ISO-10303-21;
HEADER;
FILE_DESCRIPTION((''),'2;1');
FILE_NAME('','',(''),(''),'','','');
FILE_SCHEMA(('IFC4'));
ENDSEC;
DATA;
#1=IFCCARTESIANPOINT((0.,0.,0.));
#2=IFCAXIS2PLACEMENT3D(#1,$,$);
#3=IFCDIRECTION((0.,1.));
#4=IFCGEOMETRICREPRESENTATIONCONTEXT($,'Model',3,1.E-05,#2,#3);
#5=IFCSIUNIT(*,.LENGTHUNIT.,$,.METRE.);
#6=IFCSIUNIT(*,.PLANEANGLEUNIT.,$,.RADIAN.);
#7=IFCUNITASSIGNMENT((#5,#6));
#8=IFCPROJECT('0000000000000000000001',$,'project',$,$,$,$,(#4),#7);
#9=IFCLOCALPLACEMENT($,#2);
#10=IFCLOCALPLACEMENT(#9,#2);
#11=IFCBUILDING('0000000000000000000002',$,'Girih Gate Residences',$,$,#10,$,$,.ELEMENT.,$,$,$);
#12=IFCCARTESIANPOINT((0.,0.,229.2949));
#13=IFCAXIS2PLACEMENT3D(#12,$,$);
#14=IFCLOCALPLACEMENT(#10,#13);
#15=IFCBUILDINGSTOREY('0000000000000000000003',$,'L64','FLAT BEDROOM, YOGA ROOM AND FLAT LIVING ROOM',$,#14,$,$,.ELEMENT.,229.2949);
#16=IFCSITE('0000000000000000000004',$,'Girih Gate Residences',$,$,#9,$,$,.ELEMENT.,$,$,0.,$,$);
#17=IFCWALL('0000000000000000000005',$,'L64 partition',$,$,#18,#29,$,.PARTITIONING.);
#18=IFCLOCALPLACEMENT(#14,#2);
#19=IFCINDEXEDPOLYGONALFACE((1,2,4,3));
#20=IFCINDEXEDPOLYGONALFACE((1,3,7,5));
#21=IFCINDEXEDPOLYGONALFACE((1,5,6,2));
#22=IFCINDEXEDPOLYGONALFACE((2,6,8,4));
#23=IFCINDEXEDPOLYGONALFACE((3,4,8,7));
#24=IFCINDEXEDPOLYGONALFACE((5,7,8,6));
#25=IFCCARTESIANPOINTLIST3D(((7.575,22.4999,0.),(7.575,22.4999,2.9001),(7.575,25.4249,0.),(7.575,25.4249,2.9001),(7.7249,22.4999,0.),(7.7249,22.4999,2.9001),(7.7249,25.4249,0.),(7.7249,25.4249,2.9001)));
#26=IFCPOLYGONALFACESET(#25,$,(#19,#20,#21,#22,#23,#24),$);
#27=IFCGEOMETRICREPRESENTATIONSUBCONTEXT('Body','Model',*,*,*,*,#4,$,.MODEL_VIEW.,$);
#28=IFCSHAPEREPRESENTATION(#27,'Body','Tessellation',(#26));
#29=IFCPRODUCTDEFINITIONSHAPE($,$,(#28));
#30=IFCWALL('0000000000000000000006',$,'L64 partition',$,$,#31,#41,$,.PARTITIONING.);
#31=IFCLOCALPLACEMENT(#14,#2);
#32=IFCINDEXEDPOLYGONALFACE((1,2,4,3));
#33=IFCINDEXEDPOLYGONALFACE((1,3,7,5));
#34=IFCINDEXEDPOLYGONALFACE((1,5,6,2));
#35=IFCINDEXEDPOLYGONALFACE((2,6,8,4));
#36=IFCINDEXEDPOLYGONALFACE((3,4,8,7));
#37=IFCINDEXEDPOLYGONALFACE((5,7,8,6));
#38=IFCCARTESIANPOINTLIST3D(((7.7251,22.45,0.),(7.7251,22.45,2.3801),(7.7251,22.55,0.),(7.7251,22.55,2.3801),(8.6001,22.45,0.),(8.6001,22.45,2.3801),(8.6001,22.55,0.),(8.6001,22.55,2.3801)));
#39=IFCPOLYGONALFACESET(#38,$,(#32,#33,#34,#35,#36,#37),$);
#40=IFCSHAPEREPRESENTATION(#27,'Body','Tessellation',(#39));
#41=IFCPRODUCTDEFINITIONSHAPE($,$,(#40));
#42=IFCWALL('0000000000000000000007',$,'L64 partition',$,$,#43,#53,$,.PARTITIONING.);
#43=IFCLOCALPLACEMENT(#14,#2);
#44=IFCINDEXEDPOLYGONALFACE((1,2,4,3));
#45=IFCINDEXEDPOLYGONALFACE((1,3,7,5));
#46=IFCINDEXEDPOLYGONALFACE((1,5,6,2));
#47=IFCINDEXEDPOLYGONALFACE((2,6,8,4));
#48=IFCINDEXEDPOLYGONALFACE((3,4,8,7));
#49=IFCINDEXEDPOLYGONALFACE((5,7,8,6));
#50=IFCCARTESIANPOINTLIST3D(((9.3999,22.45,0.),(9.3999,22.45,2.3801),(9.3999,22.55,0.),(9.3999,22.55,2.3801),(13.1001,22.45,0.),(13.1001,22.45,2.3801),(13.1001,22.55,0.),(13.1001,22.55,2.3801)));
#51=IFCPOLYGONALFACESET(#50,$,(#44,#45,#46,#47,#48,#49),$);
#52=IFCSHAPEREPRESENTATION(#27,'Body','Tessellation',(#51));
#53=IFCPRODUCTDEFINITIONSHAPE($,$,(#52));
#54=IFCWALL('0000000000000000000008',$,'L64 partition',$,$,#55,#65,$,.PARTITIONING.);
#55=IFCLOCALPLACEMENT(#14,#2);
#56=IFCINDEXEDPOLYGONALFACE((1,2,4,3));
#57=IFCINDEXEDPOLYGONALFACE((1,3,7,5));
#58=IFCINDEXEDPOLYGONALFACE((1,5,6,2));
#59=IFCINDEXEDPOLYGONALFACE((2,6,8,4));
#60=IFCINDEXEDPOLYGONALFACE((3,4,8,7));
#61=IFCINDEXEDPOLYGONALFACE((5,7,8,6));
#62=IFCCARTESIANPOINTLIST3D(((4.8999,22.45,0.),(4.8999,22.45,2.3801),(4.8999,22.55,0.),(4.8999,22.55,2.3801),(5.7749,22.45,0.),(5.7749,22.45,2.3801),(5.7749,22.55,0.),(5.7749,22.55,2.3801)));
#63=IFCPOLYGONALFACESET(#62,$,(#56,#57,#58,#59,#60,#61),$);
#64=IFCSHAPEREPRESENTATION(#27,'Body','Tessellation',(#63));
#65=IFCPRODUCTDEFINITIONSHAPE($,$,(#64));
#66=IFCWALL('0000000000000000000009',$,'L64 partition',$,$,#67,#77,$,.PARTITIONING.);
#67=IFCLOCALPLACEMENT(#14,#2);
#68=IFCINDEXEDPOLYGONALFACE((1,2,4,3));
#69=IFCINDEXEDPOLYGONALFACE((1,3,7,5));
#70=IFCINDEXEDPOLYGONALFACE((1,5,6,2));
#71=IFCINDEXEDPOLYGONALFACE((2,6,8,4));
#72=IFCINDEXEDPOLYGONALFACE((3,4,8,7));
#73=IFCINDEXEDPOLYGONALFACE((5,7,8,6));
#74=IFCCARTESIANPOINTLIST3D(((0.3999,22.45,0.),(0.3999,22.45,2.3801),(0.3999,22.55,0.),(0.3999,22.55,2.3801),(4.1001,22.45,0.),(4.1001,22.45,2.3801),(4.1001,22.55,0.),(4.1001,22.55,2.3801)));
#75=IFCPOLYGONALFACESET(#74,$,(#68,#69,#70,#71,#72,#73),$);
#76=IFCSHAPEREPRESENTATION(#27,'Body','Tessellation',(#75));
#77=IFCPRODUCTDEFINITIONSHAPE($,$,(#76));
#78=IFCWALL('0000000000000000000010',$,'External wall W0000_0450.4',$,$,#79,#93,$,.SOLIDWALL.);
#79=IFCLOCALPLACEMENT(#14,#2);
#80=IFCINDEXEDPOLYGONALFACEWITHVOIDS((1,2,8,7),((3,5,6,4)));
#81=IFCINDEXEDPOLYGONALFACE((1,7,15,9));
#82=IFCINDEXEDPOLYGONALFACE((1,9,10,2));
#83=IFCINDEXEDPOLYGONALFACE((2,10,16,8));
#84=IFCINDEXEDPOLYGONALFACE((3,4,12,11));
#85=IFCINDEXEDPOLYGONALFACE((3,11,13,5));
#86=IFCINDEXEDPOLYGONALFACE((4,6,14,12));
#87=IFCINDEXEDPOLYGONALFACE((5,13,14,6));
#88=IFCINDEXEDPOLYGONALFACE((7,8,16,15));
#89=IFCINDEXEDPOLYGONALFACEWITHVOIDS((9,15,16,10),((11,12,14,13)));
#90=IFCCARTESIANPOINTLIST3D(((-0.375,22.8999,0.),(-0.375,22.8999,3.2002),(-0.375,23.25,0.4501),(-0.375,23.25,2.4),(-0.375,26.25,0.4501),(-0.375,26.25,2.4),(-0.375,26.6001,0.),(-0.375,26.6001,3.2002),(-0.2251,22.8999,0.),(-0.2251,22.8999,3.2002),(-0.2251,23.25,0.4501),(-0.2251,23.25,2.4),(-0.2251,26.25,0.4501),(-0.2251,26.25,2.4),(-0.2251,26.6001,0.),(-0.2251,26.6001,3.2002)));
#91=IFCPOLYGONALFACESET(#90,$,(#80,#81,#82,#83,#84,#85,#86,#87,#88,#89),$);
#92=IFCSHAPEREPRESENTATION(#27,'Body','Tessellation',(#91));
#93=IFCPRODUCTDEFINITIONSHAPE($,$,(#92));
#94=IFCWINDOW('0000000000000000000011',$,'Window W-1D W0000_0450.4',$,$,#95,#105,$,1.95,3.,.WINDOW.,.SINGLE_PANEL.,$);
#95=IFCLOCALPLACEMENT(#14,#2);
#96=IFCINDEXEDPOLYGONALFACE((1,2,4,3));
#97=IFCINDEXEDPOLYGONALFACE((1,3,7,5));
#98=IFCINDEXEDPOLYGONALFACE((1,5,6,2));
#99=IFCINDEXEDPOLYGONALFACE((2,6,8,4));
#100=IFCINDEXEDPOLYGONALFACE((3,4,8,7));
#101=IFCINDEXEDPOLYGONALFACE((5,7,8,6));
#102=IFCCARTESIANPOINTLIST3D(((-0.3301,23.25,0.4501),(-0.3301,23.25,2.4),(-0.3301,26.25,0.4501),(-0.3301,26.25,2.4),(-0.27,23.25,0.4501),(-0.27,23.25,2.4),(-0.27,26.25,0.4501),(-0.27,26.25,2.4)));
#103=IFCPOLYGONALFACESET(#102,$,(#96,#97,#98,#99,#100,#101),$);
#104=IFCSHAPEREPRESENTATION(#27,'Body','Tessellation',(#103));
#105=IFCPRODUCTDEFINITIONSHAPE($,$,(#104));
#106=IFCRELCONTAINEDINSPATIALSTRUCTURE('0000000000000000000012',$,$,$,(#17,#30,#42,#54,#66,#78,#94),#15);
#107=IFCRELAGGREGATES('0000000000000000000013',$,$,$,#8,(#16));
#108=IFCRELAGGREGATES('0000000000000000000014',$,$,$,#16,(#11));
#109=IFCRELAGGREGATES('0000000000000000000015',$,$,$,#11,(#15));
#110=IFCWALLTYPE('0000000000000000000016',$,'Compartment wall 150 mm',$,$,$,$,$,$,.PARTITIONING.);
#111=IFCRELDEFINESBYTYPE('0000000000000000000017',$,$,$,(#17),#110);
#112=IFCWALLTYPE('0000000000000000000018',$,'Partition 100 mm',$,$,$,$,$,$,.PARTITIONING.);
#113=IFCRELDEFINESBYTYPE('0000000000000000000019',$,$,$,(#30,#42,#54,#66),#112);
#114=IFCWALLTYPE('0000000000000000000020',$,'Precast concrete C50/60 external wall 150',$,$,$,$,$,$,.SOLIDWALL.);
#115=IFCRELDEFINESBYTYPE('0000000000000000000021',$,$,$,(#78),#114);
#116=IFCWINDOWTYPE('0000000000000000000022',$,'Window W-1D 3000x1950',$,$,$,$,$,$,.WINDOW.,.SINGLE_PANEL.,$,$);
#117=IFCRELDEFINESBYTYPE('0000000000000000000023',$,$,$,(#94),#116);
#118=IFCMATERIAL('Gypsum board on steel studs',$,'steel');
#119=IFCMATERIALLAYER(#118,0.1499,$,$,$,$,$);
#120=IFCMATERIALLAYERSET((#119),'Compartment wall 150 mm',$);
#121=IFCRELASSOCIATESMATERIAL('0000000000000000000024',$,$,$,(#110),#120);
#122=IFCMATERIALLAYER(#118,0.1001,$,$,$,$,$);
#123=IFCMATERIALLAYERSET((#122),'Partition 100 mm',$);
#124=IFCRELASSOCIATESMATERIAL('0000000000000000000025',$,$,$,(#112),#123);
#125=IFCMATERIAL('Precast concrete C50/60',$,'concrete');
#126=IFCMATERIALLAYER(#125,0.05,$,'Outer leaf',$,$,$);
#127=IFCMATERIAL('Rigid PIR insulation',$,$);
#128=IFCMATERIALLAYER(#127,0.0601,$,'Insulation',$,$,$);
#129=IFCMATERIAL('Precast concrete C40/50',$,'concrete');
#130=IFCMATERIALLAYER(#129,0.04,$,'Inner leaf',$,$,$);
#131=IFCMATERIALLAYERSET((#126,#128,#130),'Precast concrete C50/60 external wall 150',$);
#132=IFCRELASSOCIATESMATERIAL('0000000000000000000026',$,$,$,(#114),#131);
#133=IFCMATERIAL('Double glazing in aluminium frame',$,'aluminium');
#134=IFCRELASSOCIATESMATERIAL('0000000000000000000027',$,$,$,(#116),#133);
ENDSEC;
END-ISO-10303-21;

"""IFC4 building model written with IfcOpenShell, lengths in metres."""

from ifc_helpers import new_model, si_unit, direction, frame, frame_2d, origin, place, context, subcontext, project, spatial, rectangle, extrude, material, layer, layer_set, type_object, element, fill, save


model = new_model("IFC4")

# Units and contexts
model_context = context("Model", 3, precision=1e-05, world=origin(), true_north=direction((0.0, 1.0)))
body_context = subcontext(model_context, "Body", "Model", "MODEL_VIEW")
ifc_project = project(units=[si_unit("LENGTHUNIT", "METRE"), si_unit("PLANEANGLEUNIT", "RADIAN")], contexts=[model_context])

# Site, building, storey
site_placement = place(None, origin())
site = spatial("IfcSite", under=ifc_project, at=site_placement, Name="Girih Gate Residences", CompositionType="ELEMENT", RefElevation=0.0)
building_placement = place(site_placement, origin())
building = spatial("IfcBuilding", under=site, at=building_placement, Name="Girih Gate Residences", CompositionType="ELEMENT")
storey_placement = place(building_placement, frame((0.0, 0.0, 229.2949)))
storey = spatial("IfcBuildingStorey", under=building, at=storey_placement, Name="L64", Description="FLAT BEDROOM, YOGA ROOM AND FLAT LIVING ROOM", CompositionType="ELEMENT", Elevation=229.2949)

# Shared definitions
ifc_material_1 = material(Name="Gypsum board on steel studs", Category="steel")
ifc_layer_1 = layer(ifc_material_1, 0.1499)
ifc_layer_set_1 = layer_set([ifc_layer_1], Name="Compartment wall 150 mm")
wall_type_1 = type_object("IfcWallType", Name="Compartment wall 150 mm", PredefinedType="PARTITIONING", material=ifc_layer_set_1)

# Walls
wall_1_placement = place(storey_placement, frame((7.6499, 22.5, 0.0), z_axis=(0.0, 0.0, 1.0), x_axis=(0.0, 1.0, 0.0)))
element("IfcWall", 1, at=wall_1_placement, inside=storey, type_object=wall_type_1, Name="L64 partition", PredefinedType="PARTITIONING", context=body_context, shape_type="SweptSolid", body=[
    extrude(rectangle(XDim=2.925, YDim=0.1499, at=frame_2d((1.4624, 0.0))), origin(), (0.0, 0.0, 1.0), 2.9001),
])
ifc_layer_2 = layer(ifc_material_1, 0.1001)
ifc_layer_set_2 = layer_set([ifc_layer_2], Name="Partition 100 mm")
wall_type_2 = type_object("IfcWallType", Name="Partition 100 mm", PredefinedType="PARTITIONING", material=ifc_layer_set_2)
wall_2_placement = place(storey_placement, frame((7.7251, 22.5, 0.0), z_axis=(0.0, 0.0, 1.0), x_axis=(1.0, 0.0, 0.0)))
element("IfcWall", 2, at=wall_2_placement, inside=storey, type_object=wall_type_2, Name="L64 partition", PredefinedType="PARTITIONING", context=body_context, shape_type="SweptSolid", body=[
    extrude(rectangle(XDim=0.875, YDim=0.1001, at=frame_2d((0.4375, 0.0))), origin(), (0.0, 0.0, 1.0), 2.3801),
])
wall_3_placement = place(storey_placement, frame((9.3999, 22.5, 0.0), z_axis=(0.0, 0.0, 1.0), x_axis=(1.0, 0.0, 0.0)))
element("IfcWall", 3, at=wall_3_placement, inside=storey, type_object=wall_type_2, Name="L64 partition", PredefinedType="PARTITIONING", context=body_context, shape_type="SweptSolid", body=[
    extrude(rectangle(XDim=3.7002, YDim=0.1001, at=frame_2d((1.8501, 0.0))), origin(), (0.0, 0.0, 1.0), 2.3801),
])
wall_4_placement = place(storey_placement, frame((4.8999, 22.5, 0.0), z_axis=(0.0, 0.0, 1.0), x_axis=(1.0, 0.0, 0.0)))
element("IfcWall", 4, at=wall_4_placement, inside=storey, type_object=wall_type_2, Name="L64 partition", PredefinedType="PARTITIONING", context=body_context, shape_type="SweptSolid", body=[
    extrude(rectangle(XDim=0.875, YDim=0.1001, at=frame_2d((0.4375, 0.0))), origin(), (0.0, 0.0, 1.0), 2.3801),
])
wall_5_placement = place(storey_placement, frame((0.3999, 22.5, 0.0), z_axis=(0.0, 0.0, 1.0), x_axis=(1.0, 0.0, 0.0)))
element("IfcWall", 5, at=wall_5_placement, inside=storey, type_object=wall_type_2, Name="L64 partition", PredefinedType="PARTITIONING", context=body_context, shape_type="SweptSolid", body=[
    extrude(rectangle(XDim=3.7002, YDim=0.1001, at=frame_2d((1.8501, 0.0))), origin(), (0.0, 0.0, 1.0), 2.3801),
])

# Wall, opening, window
ifc_material_2 = material(Name="Precast concrete C50/60", Category="concrete")
ifc_layer_3 = layer(ifc_material_2, 0.05, Name="Outer leaf")
ifc_material_3 = material(Name="Rigid PIR insulation")
ifc_layer_4 = layer(ifc_material_3, 0.0601, Name="Insulation")
ifc_material_4 = material(Name="Precast concrete C40/50", Category="concrete")
ifc_layer_5 = layer(ifc_material_4, 0.04, Name="Inner leaf")
ifc_layer_set_3 = layer_set([ifc_layer_3, ifc_layer_4, ifc_layer_5], Name="Precast concrete C50/60 external wall 150")
wall_type_3 = type_object("IfcWallType", Name="Precast concrete C50/60 external wall 150", PredefinedType="SOLIDWALL", material=ifc_layer_set_3)
wall_6_placement = place(storey_placement, frame((-0.3, 22.8999, 0.0), z_axis=(0.0, 0.0, 1.0), x_axis=(0.0, 1.0, 0.0)))
wall_6 = element("IfcWall", 6, at=wall_6_placement, inside=storey, type_object=wall_type_3, Name="External wall W0000_0450.4", PredefinedType="SOLIDWALL", context=body_context, shape_type="SweptSolid", body=[
    extrude(rectangle(XDim=3.7002, YDim=0.1499, at=frame_2d((1.8501, 0.0))), origin(), (0.0, 0.0, 1.0), 3.2002),
])
opening_1_placement = place(wall_6_placement, frame((0.3501, 0.0, 0.45)))
opening_1 = element("IfcOpeningElement", 7, at=opening_1_placement, cuts=wall_6, PredefinedType="OPENING", context=body_context, shape_type="SweptSolid", body=[
    extrude(rectangle(XDim=3.0, YDim=1.95, at=frame_2d((1.5, 0.9751))), frame((0.0, 0.085, 0.0), z_axis=(0.0, -1.0, 0.0), x_axis=(1.0, 0.0, 0.0)), (0.0, 0.0, 1.0), 0.1699),
])
ifc_material_5 = material(Name="Double glazing in aluminium frame", Category="aluminium")
window_type = type_object("IfcWindowType", Name="Window W-1D 3000x1950", PartitioningType="SINGLE_PANEL", PredefinedType="WINDOW", material=ifc_material_5)
window_placement = place(opening_1_placement, origin())
window = element("IfcWindow", 8, at=window_placement, inside=storey, type_object=window_type, Name="Window W-1D W0000_0450.4", OverallHeight=1.95, OverallWidth=3.0, PartitioningType="SINGLE_PANEL", PredefinedType="WINDOW", context=body_context, shape_type="SweptSolid", body=[
    extrude(rectangle(XDim=3.0, YDim=1.95, at=frame_2d((1.5, 0.9751))), frame((0.0, 0.03, 0.0), z_axis=(0.0, -1.0, 0.0), x_axis=(1.0, 0.0, 0.0)), (0.0, 0.0, 1.0), 0.0601),
])
fill(opening_1, window)

save(model, "model.ifc")
